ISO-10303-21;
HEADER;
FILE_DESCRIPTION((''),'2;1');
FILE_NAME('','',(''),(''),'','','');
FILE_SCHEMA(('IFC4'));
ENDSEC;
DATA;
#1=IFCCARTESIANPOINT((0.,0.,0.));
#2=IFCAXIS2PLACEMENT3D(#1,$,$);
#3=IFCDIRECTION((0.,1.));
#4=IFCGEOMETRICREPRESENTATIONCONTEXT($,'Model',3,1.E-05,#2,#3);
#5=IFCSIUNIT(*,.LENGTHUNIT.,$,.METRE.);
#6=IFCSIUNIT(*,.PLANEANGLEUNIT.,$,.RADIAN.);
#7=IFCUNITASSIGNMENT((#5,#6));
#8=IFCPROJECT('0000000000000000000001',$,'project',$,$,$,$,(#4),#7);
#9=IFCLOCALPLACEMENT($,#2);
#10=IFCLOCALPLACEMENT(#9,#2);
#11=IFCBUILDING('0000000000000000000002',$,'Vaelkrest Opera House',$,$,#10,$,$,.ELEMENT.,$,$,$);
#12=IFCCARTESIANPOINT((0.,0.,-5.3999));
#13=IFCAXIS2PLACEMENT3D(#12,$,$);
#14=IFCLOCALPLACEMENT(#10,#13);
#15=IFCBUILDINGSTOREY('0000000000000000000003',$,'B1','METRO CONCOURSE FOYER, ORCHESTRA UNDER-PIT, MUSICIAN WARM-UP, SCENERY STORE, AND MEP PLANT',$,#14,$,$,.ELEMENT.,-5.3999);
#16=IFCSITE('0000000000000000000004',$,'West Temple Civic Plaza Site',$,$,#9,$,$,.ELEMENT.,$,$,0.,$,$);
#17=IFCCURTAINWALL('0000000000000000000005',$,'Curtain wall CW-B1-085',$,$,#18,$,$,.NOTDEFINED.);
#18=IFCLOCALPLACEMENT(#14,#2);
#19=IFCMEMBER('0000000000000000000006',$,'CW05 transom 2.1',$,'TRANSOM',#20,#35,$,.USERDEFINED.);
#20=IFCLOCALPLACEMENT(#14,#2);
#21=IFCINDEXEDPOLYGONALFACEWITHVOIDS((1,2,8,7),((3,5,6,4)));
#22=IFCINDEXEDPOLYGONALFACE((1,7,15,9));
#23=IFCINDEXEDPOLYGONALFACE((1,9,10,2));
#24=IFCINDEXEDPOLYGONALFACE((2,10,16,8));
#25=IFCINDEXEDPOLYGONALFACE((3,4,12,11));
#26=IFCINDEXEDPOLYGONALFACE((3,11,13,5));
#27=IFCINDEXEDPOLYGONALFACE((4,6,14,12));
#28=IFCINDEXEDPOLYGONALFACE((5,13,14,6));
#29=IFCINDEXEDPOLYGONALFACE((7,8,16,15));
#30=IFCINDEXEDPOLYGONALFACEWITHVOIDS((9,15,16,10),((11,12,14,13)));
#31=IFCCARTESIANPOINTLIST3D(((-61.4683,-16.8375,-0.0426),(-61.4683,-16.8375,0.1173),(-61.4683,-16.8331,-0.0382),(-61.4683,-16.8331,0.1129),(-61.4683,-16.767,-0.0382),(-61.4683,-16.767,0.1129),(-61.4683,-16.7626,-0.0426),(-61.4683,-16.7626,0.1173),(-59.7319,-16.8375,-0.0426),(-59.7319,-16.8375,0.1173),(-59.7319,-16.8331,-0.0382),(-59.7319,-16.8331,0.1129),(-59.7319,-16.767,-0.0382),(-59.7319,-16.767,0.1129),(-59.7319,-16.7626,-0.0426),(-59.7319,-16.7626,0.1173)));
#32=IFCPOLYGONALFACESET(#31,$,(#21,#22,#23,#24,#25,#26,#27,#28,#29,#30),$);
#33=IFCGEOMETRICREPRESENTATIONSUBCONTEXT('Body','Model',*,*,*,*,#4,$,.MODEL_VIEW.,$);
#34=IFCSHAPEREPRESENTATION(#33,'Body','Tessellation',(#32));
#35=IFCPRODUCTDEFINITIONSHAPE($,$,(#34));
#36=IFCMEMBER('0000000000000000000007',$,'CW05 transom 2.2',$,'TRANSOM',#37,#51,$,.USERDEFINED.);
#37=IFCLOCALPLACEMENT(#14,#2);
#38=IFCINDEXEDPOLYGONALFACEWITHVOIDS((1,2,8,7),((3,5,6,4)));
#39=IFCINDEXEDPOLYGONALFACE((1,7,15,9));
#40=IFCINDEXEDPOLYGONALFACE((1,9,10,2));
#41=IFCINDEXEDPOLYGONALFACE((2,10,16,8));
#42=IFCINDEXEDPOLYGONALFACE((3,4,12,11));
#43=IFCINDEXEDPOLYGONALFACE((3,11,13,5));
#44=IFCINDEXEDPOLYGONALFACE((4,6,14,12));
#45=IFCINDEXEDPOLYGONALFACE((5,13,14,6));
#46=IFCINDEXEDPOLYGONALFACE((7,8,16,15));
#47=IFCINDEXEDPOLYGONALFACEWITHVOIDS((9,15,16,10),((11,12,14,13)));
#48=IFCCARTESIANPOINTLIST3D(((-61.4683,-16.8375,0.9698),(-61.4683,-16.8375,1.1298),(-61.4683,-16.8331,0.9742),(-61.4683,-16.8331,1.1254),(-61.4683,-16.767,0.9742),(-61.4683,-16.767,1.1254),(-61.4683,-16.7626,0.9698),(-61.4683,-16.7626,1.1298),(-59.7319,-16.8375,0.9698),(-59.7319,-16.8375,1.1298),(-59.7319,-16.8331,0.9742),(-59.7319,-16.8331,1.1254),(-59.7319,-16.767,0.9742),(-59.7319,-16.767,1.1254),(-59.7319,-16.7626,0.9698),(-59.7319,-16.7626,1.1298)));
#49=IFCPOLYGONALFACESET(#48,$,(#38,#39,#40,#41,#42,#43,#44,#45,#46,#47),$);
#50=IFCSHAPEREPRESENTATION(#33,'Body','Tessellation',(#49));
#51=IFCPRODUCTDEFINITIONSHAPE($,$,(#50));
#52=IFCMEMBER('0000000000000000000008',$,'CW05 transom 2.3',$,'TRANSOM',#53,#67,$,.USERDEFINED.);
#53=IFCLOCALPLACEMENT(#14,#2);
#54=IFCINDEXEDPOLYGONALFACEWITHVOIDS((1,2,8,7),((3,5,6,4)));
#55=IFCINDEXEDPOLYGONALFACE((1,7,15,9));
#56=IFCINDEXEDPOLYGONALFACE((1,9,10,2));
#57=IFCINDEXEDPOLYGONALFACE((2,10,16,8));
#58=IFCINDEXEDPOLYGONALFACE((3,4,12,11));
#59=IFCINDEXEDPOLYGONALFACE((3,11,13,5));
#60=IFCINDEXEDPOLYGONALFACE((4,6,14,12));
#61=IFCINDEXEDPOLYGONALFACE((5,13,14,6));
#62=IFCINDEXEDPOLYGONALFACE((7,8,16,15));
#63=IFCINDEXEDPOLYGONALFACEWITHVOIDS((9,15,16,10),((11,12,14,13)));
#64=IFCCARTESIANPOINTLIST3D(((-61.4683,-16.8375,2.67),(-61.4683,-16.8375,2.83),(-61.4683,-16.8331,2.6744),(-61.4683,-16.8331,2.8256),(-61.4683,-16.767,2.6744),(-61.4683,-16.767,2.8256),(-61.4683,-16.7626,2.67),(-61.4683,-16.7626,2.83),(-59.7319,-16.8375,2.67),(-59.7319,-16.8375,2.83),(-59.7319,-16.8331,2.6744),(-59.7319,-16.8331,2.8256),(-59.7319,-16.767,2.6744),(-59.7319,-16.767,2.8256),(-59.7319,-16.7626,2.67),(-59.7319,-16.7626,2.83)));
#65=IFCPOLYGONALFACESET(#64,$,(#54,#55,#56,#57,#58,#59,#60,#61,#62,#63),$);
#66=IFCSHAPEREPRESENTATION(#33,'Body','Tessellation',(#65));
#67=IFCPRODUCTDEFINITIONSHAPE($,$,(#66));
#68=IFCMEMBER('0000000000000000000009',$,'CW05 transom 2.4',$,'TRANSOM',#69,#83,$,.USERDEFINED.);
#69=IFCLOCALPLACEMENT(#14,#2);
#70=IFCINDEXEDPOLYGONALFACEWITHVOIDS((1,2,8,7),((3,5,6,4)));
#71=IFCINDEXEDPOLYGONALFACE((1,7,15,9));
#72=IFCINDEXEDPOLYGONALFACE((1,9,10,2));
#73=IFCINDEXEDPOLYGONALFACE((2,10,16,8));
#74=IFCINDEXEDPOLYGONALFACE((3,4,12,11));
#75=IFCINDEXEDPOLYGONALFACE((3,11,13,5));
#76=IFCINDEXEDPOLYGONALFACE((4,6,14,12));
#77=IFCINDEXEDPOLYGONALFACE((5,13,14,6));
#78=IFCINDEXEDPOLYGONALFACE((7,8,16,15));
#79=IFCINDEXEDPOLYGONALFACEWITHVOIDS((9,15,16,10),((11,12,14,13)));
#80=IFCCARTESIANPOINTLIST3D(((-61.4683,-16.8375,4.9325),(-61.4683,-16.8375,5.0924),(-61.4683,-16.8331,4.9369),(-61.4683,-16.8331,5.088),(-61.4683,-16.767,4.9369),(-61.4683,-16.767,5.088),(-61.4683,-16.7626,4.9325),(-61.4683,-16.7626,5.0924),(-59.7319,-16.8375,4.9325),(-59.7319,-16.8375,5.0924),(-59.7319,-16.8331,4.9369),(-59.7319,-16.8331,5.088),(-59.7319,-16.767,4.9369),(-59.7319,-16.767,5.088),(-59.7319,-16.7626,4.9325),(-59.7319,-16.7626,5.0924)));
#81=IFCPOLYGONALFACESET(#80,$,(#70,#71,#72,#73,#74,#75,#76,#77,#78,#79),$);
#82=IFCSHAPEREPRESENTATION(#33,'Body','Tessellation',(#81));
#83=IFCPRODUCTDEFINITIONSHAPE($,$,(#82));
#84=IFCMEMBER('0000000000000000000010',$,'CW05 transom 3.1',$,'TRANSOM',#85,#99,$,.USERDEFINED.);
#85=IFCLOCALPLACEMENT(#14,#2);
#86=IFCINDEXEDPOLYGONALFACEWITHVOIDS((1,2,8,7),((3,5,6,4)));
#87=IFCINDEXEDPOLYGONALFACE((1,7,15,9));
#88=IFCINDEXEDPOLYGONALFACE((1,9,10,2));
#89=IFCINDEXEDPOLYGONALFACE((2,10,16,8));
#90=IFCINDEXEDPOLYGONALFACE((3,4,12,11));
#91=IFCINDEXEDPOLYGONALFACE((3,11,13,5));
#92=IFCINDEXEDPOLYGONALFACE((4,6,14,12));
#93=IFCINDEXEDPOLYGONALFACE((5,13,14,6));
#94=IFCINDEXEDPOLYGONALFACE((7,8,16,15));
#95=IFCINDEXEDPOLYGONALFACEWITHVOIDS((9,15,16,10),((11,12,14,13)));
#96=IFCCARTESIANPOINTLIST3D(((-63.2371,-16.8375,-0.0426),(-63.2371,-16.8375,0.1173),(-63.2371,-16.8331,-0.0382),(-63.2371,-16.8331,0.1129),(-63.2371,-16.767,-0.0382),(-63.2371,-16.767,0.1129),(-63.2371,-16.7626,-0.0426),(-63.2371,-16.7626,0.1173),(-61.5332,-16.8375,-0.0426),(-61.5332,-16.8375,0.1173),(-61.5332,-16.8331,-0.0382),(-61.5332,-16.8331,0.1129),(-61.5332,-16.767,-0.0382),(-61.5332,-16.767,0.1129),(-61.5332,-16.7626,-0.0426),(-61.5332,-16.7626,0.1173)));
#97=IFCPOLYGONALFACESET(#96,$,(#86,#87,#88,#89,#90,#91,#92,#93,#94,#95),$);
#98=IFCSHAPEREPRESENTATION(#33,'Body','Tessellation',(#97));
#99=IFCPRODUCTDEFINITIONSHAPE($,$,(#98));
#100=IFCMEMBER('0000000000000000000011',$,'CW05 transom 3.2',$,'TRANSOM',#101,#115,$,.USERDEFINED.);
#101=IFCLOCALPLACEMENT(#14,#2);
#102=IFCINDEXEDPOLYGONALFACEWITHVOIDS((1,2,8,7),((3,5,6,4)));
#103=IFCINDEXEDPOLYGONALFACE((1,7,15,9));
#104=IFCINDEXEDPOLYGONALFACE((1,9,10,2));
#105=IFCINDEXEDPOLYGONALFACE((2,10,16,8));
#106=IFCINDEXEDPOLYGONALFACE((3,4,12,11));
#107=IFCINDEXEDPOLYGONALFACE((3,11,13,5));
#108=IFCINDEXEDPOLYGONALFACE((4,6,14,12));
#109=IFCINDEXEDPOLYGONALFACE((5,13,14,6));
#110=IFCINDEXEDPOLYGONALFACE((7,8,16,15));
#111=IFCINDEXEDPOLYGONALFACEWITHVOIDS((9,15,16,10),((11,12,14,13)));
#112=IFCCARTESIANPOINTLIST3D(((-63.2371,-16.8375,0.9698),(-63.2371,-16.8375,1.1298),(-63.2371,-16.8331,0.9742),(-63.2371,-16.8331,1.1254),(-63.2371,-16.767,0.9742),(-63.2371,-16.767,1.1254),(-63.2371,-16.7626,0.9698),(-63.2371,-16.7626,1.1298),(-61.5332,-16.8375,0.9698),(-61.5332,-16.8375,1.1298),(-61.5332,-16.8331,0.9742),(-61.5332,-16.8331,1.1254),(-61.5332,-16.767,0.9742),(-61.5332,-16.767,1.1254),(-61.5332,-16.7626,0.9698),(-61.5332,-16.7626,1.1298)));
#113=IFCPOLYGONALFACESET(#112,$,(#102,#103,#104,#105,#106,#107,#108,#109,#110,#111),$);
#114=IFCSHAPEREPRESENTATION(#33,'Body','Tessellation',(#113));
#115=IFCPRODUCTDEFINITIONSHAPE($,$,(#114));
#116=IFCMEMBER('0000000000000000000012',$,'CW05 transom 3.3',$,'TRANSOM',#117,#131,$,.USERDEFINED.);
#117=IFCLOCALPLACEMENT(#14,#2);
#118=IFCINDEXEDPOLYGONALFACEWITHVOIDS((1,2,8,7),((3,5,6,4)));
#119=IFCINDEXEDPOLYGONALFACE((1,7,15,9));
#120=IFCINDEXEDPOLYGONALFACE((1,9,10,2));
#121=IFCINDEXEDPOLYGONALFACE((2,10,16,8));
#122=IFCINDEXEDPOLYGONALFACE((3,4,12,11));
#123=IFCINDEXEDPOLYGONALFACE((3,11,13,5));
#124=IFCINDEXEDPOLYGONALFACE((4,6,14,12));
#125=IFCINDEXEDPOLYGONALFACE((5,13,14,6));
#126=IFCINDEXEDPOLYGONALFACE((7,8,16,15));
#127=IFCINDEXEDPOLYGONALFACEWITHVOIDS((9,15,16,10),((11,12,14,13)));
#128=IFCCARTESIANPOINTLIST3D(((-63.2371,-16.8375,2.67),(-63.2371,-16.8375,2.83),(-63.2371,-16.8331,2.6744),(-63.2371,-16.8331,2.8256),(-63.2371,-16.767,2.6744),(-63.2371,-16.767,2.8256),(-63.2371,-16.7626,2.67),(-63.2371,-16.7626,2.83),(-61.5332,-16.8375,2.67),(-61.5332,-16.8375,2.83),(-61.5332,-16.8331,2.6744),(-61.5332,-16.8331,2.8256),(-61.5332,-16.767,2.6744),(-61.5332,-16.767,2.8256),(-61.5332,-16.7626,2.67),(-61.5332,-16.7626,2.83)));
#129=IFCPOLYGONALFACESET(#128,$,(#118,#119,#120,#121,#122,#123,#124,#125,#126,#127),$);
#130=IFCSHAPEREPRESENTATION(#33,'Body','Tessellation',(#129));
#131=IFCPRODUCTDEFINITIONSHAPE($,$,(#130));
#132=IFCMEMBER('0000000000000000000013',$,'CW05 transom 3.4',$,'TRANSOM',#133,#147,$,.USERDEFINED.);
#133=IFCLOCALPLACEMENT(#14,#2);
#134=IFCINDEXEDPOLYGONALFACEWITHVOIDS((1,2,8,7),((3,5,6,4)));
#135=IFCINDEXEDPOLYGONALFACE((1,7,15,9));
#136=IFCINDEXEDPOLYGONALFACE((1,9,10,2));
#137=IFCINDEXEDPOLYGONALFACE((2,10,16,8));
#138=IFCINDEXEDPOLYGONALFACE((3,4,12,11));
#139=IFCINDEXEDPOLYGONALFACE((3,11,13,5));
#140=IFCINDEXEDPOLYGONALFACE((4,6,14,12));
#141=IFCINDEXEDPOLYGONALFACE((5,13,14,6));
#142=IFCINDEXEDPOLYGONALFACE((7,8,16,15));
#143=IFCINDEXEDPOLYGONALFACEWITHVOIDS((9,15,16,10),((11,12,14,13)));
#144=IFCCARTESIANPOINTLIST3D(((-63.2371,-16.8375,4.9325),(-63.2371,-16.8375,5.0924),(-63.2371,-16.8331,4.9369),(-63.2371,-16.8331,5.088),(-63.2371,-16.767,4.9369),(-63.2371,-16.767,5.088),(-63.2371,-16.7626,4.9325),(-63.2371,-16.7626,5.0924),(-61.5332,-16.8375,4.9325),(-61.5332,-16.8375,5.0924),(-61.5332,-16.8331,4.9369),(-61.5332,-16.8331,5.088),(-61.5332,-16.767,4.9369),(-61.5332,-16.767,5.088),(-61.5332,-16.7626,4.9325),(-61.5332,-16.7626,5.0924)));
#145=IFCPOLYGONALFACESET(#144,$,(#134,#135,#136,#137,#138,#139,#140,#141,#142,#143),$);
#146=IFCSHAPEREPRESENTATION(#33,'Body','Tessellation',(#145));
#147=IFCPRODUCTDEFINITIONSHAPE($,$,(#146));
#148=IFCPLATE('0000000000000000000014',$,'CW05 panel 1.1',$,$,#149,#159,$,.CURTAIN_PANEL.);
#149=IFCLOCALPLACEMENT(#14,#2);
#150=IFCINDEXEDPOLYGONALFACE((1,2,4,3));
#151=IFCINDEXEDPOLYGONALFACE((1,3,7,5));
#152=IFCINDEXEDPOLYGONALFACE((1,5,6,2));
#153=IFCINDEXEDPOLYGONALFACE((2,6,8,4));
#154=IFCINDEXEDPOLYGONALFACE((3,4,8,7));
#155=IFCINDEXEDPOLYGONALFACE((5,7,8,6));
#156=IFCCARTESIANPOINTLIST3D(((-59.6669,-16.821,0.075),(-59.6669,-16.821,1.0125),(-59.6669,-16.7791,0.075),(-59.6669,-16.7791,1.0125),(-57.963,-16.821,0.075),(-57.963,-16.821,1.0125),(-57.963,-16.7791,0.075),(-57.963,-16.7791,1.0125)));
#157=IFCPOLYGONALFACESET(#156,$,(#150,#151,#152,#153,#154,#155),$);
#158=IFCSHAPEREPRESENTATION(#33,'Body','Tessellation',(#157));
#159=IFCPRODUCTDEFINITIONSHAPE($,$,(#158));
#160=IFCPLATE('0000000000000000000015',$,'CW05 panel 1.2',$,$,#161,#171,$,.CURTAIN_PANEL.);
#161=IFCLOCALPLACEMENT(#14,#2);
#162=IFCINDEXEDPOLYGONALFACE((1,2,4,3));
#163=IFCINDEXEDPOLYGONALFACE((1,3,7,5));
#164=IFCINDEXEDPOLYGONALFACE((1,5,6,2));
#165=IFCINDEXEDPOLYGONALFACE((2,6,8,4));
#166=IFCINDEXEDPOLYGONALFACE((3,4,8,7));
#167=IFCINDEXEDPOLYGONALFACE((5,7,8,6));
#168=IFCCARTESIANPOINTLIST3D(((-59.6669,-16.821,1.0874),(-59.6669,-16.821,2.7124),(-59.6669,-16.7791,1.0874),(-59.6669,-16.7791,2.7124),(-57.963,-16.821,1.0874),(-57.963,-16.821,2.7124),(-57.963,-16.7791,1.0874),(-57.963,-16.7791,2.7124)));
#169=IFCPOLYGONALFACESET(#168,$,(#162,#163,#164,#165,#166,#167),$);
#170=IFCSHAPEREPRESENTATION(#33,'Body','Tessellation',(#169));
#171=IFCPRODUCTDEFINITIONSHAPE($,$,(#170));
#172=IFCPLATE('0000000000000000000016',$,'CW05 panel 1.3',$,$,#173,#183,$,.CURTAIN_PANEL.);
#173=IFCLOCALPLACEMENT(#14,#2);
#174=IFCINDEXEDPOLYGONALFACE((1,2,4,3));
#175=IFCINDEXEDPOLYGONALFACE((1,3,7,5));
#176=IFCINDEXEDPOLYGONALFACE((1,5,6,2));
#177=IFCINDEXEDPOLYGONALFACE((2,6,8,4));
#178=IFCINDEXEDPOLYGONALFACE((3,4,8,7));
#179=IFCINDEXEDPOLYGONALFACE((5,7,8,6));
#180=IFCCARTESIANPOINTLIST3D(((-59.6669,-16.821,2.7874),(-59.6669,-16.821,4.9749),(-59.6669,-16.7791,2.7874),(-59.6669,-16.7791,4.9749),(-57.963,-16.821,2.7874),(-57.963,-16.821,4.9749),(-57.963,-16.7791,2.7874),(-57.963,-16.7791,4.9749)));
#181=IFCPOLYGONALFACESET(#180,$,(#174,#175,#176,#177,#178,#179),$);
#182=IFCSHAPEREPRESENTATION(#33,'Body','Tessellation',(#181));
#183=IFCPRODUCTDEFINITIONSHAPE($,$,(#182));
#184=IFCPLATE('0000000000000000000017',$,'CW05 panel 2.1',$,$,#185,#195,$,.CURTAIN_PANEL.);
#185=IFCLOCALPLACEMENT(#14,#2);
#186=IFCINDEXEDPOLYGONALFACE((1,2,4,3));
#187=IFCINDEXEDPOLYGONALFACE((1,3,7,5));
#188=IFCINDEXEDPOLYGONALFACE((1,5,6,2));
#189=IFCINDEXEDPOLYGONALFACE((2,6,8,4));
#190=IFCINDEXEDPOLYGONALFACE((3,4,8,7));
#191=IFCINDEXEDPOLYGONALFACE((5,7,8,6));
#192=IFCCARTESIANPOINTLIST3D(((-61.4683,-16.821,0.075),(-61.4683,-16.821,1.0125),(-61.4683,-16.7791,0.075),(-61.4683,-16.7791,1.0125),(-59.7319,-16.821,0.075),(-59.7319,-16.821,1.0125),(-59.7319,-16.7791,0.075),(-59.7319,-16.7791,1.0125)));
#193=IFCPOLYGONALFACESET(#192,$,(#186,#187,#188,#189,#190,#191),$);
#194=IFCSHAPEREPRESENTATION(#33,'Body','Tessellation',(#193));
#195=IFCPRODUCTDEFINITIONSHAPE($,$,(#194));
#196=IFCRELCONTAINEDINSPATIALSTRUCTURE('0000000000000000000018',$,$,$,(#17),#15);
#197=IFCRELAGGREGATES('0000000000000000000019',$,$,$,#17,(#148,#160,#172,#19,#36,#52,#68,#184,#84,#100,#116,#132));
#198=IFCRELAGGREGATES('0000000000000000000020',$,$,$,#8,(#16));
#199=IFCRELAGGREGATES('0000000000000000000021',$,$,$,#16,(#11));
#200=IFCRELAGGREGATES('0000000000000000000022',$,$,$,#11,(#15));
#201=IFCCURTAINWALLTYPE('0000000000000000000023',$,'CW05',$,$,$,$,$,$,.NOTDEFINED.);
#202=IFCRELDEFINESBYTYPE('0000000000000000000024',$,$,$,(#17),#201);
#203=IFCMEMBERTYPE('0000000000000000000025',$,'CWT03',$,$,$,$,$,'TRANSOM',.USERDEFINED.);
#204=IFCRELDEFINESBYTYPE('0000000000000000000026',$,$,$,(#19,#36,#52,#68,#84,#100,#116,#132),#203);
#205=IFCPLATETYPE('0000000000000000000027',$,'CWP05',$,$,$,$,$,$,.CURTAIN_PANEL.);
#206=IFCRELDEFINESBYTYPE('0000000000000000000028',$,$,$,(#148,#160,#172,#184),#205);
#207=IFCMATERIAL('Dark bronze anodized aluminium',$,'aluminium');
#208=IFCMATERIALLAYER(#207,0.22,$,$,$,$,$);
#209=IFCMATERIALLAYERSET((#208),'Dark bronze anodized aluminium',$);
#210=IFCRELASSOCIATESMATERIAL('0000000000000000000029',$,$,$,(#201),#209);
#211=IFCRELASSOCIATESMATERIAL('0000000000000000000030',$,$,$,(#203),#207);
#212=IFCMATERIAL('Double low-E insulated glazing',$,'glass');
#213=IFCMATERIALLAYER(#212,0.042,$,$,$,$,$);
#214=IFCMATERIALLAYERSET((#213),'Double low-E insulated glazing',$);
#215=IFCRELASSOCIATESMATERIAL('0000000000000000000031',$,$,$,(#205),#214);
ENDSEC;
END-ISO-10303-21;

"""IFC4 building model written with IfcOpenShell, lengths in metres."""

from ifc_helpers import new_model, si_unit, direction, frame, origin, origin_2d, place, context, subcontext, project, spatial, rectangle, hollow_rectangle, extrude, material, layer, layer_set, material_profile, profile_set, type_object, element, aggregate, save


model = new_model("IFC4")

# Units and contexts
model_context = context("Model", 3, precision=1e-05, world=origin(), true_north=direction((0.0, 1.0)))
body_context = subcontext(model_context, "Body", "Model", "MODEL_VIEW")
ifc_project = project(units=[si_unit("LENGTHUNIT", "METRE"), si_unit("PLANEANGLEUNIT", "RADIAN")], contexts=[model_context])

# Site, building, storey
site_placement = place(None, origin())
site = spatial("IfcSite", under=ifc_project, at=site_placement, Name="West Temple Civic Plaza Site", CompositionType="ELEMENT", RefElevation=0.0)
building_placement = place(site_placement, origin())
building = spatial("IfcBuilding", under=site, at=building_placement, Name="Vaelkrest Opera House", CompositionType="ELEMENT")
storey_placement = place(building_placement, frame((0.0, 0.0, -5.3999)))
storey = spatial("IfcBuildingStorey", under=building, at=storey_placement, Name="B1", Description="METRO CONCOURSE FOYER, ORCHESTRA UNDER-PIT, MUSICIAN WARM-UP, SCENERY STORE, AND MEP PLANT", CompositionType="ELEMENT", Elevation=-5.3999)

# Curtain wall, members, plates
ifc_material_1 = material(Name="Dark bronze anodized aluminium", Category="aluminium")
ifc_layer_1 = layer(ifc_material_1, 0.22)
ifc_layer_set_1 = layer_set([ifc_layer_1], Name="Dark bronze anodized aluminium")
curtain_wall_type = type_object("IfcCurtainWallType", Name="CW05", PredefinedType="NOTDEFINED", material=ifc_layer_set_1)
curtain_wall_placement = place(storey_placement, origin())
curtain_wall = element("IfcCurtainWall", 1, at=curtain_wall_placement, inside=storey, type_object=curtain_wall_type, Name="Curtain wall CW-B1-085", PredefinedType="NOTDEFINED")
ifc_material_profile_1 = material_profile(ifc_material_1, hollow_rectangle(XDim=0.075, YDim=0.1599, WallThickness=0.0044, at=origin_2d()), Name="CWT75X160")
ifc_profile_set_1 = profile_set([ifc_material_profile_1], Name="Dark bronze anodized aluminium")
member_type_1 = type_object("IfcMemberType", Name="CWT03", ElementType="TRANSOM", PredefinedType="USERDEFINED", material=ifc_profile_set_1)
member_1_placement = place(storey_placement, frame((-59.7319, -16.8, 0.0374), z_axis=(-1.0, 0.0, 0.0), x_axis=(0.0, -1.0, 0.0)))
member_1 = element("IfcMember", 2, at=member_1_placement, type_object=member_type_1, Name="CW05 transom 2.1", ObjectType="TRANSOM", PredefinedType="USERDEFINED", context=body_context, shape_type="SweptSolid", body=[
    extrude(hollow_rectangle(XDim=0.075, YDim=0.1599, WallThickness=0.0044, at=origin_2d()), origin(), (0.0, 0.0, 1.0), 1.7363),
])
member_2_placement = place(storey_placement, frame((-59.7319, -16.8, 1.0498), z_axis=(-1.0, 0.0, 0.0), x_axis=(0.0, -1.0, 0.0)))
member_2 = element("IfcMember", 3, at=member_2_placement, type_object=member_type_1, Name="CW05 transom 2.2", ObjectType="TRANSOM", PredefinedType="USERDEFINED", context=body_context, shape_type="SweptSolid", body=[
    extrude(hollow_rectangle(XDim=0.075, YDim=0.1599, WallThickness=0.0044, at=origin_2d()), origin(), (0.0, 0.0, 1.0), 1.7363),
])
member_3_placement = place(storey_placement, frame((-59.7319, -16.8, 2.75), z_axis=(-1.0, 0.0, 0.0), x_axis=(0.0, -1.0, 0.0)))
member_3 = element("IfcMember", 4, at=member_3_placement, type_object=member_type_1, Name="CW05 transom 2.3", ObjectType="TRANSOM", PredefinedType="USERDEFINED", context=body_context, shape_type="SweptSolid", body=[
    extrude(hollow_rectangle(XDim=0.075, YDim=0.1599, WallThickness=0.0044, at=origin_2d()), origin(), (0.0, 0.0, 1.0), 1.7363),
])
member_4_placement = place(storey_placement, frame((-59.7319, -16.8, 5.0125), z_axis=(-1.0, 0.0, 0.0), x_axis=(0.0, -1.0, 0.0)))
member_4 = element("IfcMember", 5, at=member_4_placement, type_object=member_type_1, Name="CW05 transom 2.4", ObjectType="TRANSOM", PredefinedType="USERDEFINED", context=body_context, shape_type="SweptSolid", body=[
    extrude(hollow_rectangle(XDim=0.075, YDim=0.1599, WallThickness=0.0044, at=origin_2d()), origin(), (0.0, 0.0, 1.0), 1.7363),
])
member_5_placement = place(storey_placement, frame((-61.5332, -16.8, 0.0374), z_axis=(-1.0, 0.0, 0.0), x_axis=(0.0, -1.0, 0.0)))
member_5 = element("IfcMember", 6, at=member_5_placement, type_object=member_type_1, Name="CW05 transom 3.1", ObjectType="TRANSOM", PredefinedType="USERDEFINED", context=body_context, shape_type="SweptSolid", body=[
    extrude(hollow_rectangle(XDim=0.075, YDim=0.1599, WallThickness=0.0044, at=origin_2d()), origin(), (0.0, 0.0, 1.0), 1.7039),
])
member_6_placement = place(storey_placement, frame((-61.5332, -16.8, 1.0498), z_axis=(-1.0, 0.0, 0.0), x_axis=(0.0, -1.0, 0.0)))
member_6 = element("IfcMember", 7, at=member_6_placement, type_object=member_type_1, Name="CW05 transom 3.2", ObjectType="TRANSOM", PredefinedType="USERDEFINED", context=body_context, shape_type="SweptSolid", body=[
    extrude(hollow_rectangle(XDim=0.075, YDim=0.1599, WallThickness=0.0044, at=origin_2d()), origin(), (0.0, 0.0, 1.0), 1.7039),
])
member_7_placement = place(storey_placement, frame((-61.5332, -16.8, 2.75), z_axis=(-1.0, 0.0, 0.0), x_axis=(0.0, -1.0, 0.0)))
member_7 = element("IfcMember", 8, at=member_7_placement, type_object=member_type_1, Name="CW05 transom 3.3", ObjectType="TRANSOM", PredefinedType="USERDEFINED", context=body_context, shape_type="SweptSolid", body=[
    extrude(hollow_rectangle(XDim=0.075, YDim=0.1599, WallThickness=0.0044, at=origin_2d()), origin(), (0.0, 0.0, 1.0), 1.7039),
])
member_8_placement = place(storey_placement, frame((-61.5332, -16.8, 5.0125), z_axis=(-1.0, 0.0, 0.0), x_axis=(0.0, -1.0, 0.0)))
member_8 = element("IfcMember", 9, at=member_8_placement, type_object=member_type_1, Name="CW05 transom 3.4", ObjectType="TRANSOM", PredefinedType="USERDEFINED", context=body_context, shape_type="SweptSolid", body=[
    extrude(hollow_rectangle(XDim=0.075, YDim=0.1599, WallThickness=0.0044, at=origin_2d()), origin(), (0.0, 0.0, 1.0), 1.7039),
])
ifc_material_2 = material(Name="Double low-E insulated glazing", Category="glass")
ifc_layer_2 = layer(ifc_material_2, 0.042)
ifc_layer_set_2 = layer_set([ifc_layer_2], Name="Double low-E insulated glazing")
plate_type = type_object("IfcPlateType", Name="CWP05", PredefinedType="CURTAIN_PANEL", material=ifc_layer_set_2)
plate_1_placement = place(storey_placement, frame((-58.8149, -16.8, 0.075), z_axis=(0.0, 0.0, 1.0), x_axis=(-1.0, 0.0, 0.0)))
plate_1 = element("IfcPlate", 10, at=plate_1_placement, type_object=plate_type, Name="CW05 panel 1.1", PredefinedType="CURTAIN_PANEL", context=body_context, shape_type="SweptSolid", body=[
    extrude(rectangle(XDim=1.7039, YDim=0.042, at=origin_2d()), origin(), (0.0, 0.0, 1.0), 0.9375),
])
plate_2_placement = place(storey_placement, frame((-58.8149, -16.8, 1.0874), z_axis=(0.0, 0.0, 1.0), x_axis=(-1.0, 0.0, 0.0)))
plate_2 = element("IfcPlate", 11, at=plate_2_placement, type_object=plate_type, Name="CW05 panel 1.2", PredefinedType="CURTAIN_PANEL", context=body_context, shape_type="SweptSolid", body=[
    extrude(rectangle(XDim=1.7039, YDim=0.042, at=origin_2d()), origin(), (0.0, 0.0, 1.0), 1.625),
])
plate_3_placement = place(storey_placement, frame((-58.8149, -16.8, 2.7874), z_axis=(0.0, 0.0, 1.0), x_axis=(-1.0, 0.0, 0.0)))
plate_3 = element("IfcPlate", 12, at=plate_3_placement, type_object=plate_type, Name="CW05 panel 1.3", PredefinedType="CURTAIN_PANEL", context=body_context, shape_type="SweptSolid", body=[
    extrude(rectangle(XDim=1.7039, YDim=0.042, at=origin_2d()), origin(), (0.0, 0.0, 1.0), 2.1875),
])
plate_4_placement = place(storey_placement, frame((-60.6001, -16.8, 0.075), z_axis=(0.0, 0.0, 1.0), x_axis=(-1.0, 0.0, 0.0)))
plate_4 = element("IfcPlate", 13, at=plate_4_placement, type_object=plate_type, Name="CW05 panel 2.1", PredefinedType="CURTAIN_PANEL", context=body_context, shape_type="SweptSolid", body=[
    extrude(rectangle(XDim=1.7363, YDim=0.042, at=origin_2d()), origin(), (0.0, 0.0, 1.0), 0.9375),
])
aggregate(curtain_wall, [plate_1, plate_2, plate_3, member_1, member_2, member_3, member_4, plate_4, member_5, member_6, member_7, member_8])

save(model, "model.ifc")
